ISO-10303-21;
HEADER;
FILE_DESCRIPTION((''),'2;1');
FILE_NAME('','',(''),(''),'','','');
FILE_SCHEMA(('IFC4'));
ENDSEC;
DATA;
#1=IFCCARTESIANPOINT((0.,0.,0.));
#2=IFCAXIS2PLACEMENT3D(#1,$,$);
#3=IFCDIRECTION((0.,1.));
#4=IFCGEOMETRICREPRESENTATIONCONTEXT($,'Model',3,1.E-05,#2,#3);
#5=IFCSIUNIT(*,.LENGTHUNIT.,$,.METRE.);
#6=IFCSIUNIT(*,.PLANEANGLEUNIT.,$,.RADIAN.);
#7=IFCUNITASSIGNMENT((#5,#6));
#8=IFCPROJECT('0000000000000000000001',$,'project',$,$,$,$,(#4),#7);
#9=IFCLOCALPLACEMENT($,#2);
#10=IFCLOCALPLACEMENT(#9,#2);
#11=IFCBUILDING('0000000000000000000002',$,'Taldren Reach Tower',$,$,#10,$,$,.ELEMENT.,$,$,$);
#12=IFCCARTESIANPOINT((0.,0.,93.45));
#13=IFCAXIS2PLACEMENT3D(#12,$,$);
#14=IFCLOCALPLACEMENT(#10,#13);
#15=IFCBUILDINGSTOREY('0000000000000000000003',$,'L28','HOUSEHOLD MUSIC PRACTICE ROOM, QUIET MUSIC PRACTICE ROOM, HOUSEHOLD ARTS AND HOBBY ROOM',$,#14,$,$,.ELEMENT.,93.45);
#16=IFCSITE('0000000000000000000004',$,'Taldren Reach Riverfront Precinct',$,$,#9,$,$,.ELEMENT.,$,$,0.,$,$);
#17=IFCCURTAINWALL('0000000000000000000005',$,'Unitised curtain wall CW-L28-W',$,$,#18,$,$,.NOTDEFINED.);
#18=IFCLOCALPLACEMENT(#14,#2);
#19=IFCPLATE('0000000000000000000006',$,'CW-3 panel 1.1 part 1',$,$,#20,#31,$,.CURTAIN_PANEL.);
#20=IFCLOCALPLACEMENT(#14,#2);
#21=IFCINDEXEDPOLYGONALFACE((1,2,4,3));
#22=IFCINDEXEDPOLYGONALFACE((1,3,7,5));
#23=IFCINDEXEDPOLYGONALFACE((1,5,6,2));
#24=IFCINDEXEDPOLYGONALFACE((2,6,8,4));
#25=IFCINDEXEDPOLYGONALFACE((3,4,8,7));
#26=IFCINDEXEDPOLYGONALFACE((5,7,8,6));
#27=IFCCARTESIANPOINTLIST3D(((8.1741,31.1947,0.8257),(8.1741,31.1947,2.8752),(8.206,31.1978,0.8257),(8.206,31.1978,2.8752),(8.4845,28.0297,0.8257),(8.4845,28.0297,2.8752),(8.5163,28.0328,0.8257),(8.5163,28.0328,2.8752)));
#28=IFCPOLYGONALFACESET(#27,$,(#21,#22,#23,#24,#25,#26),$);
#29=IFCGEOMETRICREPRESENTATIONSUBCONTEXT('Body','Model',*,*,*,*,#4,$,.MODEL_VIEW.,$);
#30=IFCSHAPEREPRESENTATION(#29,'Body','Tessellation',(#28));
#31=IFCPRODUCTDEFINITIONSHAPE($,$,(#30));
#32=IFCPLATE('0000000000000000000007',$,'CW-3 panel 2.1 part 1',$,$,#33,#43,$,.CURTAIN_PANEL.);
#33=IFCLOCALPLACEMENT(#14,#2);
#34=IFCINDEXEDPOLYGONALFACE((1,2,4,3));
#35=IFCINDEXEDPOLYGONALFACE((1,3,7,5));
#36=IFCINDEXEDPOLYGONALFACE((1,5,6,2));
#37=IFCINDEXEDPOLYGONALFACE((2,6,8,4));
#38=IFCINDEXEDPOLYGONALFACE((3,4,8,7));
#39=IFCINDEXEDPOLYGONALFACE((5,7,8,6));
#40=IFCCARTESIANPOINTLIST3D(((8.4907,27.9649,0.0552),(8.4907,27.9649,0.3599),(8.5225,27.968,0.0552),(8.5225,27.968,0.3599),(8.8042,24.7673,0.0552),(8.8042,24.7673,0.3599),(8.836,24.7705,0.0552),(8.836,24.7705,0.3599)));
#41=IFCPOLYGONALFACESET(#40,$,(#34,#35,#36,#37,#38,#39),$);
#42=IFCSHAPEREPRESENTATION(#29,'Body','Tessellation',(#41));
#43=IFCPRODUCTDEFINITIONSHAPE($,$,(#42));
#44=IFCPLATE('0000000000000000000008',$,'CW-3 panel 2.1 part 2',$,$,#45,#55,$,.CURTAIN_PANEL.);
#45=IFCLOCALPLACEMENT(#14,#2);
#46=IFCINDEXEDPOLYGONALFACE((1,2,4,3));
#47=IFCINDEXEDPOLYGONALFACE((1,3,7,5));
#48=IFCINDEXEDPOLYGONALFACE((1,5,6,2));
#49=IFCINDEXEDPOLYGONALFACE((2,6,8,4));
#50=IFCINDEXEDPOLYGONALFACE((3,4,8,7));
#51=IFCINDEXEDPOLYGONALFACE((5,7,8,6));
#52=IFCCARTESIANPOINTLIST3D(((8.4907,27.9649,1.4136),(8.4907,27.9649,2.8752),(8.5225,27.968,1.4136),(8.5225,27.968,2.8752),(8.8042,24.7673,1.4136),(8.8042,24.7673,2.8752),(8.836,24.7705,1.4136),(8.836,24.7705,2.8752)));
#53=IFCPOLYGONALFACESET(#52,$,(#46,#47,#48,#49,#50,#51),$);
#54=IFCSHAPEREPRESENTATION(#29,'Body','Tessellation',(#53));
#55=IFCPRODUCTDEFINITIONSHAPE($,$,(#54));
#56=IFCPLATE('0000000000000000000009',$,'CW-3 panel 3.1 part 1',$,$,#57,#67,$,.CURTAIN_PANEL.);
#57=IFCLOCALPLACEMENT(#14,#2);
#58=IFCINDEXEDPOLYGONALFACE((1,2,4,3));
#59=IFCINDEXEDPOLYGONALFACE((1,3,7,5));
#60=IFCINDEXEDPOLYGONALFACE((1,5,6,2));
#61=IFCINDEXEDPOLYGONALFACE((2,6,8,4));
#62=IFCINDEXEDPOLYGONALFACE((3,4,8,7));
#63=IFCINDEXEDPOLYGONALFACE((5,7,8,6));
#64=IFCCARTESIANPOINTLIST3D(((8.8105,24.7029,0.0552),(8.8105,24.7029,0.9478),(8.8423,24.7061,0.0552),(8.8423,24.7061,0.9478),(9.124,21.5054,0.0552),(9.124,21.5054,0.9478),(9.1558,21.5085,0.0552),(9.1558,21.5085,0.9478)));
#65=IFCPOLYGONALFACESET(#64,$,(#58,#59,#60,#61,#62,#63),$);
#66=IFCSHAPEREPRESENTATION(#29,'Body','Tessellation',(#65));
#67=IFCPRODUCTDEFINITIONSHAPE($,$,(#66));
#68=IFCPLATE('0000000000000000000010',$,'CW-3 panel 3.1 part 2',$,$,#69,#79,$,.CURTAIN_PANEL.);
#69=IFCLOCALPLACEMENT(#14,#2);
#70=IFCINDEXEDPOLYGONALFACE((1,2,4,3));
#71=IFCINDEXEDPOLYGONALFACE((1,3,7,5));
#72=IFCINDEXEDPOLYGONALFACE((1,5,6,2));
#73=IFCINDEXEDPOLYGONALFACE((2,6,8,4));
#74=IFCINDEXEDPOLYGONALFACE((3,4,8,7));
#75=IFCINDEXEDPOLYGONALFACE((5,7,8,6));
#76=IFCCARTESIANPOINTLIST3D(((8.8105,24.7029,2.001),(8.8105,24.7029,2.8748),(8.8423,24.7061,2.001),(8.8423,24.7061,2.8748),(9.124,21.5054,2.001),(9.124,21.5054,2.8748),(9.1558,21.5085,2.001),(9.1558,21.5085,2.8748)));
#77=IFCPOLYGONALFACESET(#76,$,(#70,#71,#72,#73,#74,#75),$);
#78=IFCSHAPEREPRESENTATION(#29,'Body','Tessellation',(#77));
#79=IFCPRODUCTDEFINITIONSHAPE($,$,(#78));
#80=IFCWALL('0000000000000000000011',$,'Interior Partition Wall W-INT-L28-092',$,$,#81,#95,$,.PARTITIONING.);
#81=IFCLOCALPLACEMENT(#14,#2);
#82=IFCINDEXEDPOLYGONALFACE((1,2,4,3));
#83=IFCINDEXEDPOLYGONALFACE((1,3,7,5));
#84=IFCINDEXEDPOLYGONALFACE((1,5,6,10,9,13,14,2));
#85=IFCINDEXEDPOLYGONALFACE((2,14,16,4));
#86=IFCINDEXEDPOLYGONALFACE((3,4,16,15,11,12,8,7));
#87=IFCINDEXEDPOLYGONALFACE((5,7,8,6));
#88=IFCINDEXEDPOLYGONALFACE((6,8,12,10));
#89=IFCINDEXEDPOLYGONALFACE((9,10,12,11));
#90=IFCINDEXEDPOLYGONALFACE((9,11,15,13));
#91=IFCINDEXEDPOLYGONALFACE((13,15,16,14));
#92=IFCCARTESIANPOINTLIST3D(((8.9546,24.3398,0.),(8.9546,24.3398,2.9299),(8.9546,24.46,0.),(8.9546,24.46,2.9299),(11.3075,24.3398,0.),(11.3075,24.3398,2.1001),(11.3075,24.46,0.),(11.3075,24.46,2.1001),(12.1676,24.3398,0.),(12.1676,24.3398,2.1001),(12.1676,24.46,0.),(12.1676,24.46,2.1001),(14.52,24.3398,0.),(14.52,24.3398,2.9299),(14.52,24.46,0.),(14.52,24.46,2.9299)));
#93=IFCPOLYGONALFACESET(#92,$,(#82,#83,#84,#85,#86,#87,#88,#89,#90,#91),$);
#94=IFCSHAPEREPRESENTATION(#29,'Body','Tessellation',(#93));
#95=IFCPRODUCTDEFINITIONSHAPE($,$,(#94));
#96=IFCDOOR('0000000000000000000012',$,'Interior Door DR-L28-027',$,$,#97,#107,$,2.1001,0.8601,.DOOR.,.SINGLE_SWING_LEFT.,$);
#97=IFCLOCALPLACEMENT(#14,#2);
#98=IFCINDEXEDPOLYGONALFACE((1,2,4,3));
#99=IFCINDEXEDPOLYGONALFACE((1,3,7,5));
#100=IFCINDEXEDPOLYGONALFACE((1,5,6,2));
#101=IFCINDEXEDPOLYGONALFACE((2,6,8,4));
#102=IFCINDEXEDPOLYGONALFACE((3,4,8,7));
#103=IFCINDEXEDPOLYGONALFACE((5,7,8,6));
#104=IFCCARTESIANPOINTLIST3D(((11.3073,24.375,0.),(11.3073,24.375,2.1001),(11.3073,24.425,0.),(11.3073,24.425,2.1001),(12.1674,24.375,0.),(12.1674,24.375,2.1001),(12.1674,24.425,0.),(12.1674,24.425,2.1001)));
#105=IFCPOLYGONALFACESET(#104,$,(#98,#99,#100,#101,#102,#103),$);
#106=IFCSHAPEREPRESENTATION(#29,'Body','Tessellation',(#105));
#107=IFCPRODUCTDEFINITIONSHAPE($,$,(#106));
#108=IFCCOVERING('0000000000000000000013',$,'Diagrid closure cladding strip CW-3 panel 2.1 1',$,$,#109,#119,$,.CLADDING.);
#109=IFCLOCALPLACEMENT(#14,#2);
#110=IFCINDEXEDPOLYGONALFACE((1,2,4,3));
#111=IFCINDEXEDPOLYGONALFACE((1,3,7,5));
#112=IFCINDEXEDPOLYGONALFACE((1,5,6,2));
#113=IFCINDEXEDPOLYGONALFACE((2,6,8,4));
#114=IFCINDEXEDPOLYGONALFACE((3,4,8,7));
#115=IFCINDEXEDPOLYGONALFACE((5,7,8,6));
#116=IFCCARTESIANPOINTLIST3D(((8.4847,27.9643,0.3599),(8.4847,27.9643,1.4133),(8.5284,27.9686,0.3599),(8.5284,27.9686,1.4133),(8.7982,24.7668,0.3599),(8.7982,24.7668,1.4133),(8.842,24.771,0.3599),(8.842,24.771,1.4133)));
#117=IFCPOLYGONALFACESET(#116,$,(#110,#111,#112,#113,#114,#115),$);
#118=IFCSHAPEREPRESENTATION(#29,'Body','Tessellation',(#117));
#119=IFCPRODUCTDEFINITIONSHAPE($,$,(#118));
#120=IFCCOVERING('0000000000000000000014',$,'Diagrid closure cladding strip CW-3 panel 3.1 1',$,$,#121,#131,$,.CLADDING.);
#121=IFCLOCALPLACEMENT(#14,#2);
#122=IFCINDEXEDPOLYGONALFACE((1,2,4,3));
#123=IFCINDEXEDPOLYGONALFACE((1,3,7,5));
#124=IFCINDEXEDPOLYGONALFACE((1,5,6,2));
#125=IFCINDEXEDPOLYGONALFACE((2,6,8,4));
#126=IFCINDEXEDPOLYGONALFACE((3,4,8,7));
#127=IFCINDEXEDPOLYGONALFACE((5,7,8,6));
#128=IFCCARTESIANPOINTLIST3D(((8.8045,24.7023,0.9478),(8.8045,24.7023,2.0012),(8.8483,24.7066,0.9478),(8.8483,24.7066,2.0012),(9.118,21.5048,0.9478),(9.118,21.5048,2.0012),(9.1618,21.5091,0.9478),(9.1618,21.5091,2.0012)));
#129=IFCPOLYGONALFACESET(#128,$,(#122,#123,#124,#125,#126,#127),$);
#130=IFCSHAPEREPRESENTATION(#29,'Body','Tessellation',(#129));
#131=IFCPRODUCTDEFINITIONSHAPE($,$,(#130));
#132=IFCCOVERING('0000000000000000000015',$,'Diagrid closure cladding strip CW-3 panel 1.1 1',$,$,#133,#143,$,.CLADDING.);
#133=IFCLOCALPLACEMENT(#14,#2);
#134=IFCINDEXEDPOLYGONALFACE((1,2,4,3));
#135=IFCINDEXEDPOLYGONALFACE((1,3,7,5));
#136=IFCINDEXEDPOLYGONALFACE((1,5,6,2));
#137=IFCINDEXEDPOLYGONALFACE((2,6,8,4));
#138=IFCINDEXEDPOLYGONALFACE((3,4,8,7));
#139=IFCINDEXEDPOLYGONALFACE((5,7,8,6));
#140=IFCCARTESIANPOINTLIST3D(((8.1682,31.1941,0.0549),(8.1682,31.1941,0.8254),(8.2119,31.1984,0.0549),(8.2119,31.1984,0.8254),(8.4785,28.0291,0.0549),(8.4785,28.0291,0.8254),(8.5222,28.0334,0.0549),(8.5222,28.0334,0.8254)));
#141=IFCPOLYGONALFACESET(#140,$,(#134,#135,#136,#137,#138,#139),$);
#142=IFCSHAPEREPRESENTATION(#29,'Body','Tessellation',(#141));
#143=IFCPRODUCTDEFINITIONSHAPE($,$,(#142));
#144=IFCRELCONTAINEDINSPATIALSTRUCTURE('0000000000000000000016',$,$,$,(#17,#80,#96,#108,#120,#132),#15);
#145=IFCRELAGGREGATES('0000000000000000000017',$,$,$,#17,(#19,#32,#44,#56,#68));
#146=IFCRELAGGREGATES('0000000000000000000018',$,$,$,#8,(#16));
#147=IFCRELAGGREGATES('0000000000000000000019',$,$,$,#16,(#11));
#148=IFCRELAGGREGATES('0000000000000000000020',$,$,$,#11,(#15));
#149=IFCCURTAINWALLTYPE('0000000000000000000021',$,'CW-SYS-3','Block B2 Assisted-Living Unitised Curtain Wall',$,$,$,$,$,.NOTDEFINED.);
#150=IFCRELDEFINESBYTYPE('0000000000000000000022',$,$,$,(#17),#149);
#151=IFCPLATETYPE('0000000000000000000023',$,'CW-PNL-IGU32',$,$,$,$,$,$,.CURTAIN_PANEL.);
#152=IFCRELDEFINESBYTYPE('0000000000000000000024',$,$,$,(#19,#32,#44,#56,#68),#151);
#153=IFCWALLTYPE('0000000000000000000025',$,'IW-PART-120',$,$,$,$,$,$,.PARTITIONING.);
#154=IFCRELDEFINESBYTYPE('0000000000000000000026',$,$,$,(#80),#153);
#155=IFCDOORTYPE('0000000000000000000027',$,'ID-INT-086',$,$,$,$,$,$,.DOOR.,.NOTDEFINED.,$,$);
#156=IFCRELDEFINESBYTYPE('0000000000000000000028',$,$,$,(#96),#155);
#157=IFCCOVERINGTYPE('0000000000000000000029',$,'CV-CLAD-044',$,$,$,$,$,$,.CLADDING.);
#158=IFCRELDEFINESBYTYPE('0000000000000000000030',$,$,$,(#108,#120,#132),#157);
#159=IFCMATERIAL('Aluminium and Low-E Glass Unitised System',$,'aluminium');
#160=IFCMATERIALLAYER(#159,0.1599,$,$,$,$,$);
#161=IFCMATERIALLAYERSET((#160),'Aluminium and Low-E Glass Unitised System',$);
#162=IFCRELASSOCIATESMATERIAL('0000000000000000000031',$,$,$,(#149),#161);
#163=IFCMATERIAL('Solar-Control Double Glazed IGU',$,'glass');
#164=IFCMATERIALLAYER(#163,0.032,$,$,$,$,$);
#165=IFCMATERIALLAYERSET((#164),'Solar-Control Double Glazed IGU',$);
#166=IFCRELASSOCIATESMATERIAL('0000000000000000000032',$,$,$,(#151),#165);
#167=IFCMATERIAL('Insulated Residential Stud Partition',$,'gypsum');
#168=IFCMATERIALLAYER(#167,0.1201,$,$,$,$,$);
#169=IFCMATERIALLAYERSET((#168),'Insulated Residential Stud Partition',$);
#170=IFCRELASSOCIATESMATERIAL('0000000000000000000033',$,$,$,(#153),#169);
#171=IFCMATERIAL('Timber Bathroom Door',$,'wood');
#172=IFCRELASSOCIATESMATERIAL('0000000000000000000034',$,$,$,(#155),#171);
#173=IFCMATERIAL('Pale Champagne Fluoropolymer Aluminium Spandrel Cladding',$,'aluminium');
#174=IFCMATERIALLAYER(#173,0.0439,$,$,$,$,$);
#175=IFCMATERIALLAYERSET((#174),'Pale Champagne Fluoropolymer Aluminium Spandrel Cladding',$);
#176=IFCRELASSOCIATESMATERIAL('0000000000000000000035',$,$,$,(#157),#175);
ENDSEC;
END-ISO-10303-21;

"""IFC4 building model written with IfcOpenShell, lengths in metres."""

from ifc_helpers import new_model, si_unit, direction, frame, frame_2d, origin, origin_2d, place, context, subcontext, project, spatial, rectangle, extrude, source, transform, mapped, material, layer, layer_set, type_object, element, fill, aggregate, save


model = new_model("IFC4")

# Units and contexts
model_context = context("Model", 3, precision=1e-05, world=origin(), true_north=direction((0.0, 1.0)))
body_context = subcontext(model_context, "Body", "Model", "MODEL_VIEW")
ifc_project = project(units=[si_unit("LENGTHUNIT", "METRE"), si_unit("PLANEANGLEUNIT", "RADIAN")], contexts=[model_context])

# Site, building, storey
site_placement = place(None, origin())
site = spatial("IfcSite", under=ifc_project, at=site_placement, Name="Taldren Reach Riverfront Precinct", CompositionType="ELEMENT", RefElevation=0.0)
building_placement = place(site_placement, origin())
building = spatial("IfcBuilding", under=site, at=building_placement, Name="Taldren Reach Tower", CompositionType="ELEMENT")
storey_placement = place(building_placement, frame((0.0, 0.0, 93.45)))
storey = spatial("IfcBuildingStorey", under=building, at=storey_placement, Name="L28", Description="HOUSEHOLD MUSIC PRACTICE ROOM, QUIET MUSIC PRACTICE ROOM, HOUSEHOLD ARTS AND HOBBY ROOM", CompositionType="ELEMENT", Elevation=93.45)

# Curtain wall
ifc_material_1 = material(Name="Aluminium and Low-E Glass Unitised System", Category="aluminium")
ifc_layer_1 = layer(ifc_material_1, 0.1599)
ifc_layer_set_1 = layer_set([ifc_layer_1], Name="Aluminium and Low-E Glass Unitised System")
curtain_wall_type = type_object("IfcCurtainWallType", Name="CW-SYS-3", Description="Block B2 Assisted-Living Unitised Curtain Wall", PredefinedType="NOTDEFINED", material=ifc_layer_set_1)
curtain_wall_placement = place(storey_placement, origin())
curtain_wall = element("IfcCurtainWall", 1, at=curtain_wall_placement, inside=storey, type_object=curtain_wall_type, Name="Unitised curtain wall CW-L28-W", PredefinedType="NOTDEFINED")

# Plates
ifc_material_2 = material(Name="Solar-Control Double Glazed IGU", Category="glass")
ifc_layer_2 = layer(ifc_material_2, 0.032)
ifc_layer_set_2 = layer_set([ifc_layer_2], Name="Solar-Control Double Glazed IGU")
plate_type_1 = type_object("IfcPlateType", Name="CW-PNL-IGU32", PredefinedType="CURTAIN_PANEL", material=ifc_layer_set_2)
shared_shape_1 = source(origin(), body_context, "Body", "SweptSolid", [
    extrude(rectangle(XDim=3.1802, YDim=0.032, at=origin_2d()), origin(), (0.0, 0.0, 1.0), 2.0496),
])
plate_1_placement = place(storey_placement, frame((8.3452, 29.6138, 0.8257), z_axis=(0.0, 0.0, 1.0), x_axis=(0.097583, -0.995227, 0.0)))
plate_1 = element("IfcPlate", 2, at=plate_1_placement, type_object=plate_type_1, Name="CW-3 panel 1.1 part 1", PredefinedType="CURTAIN_PANEL", context=body_context, shape_type="MappedRepresentation", body=[
    mapped(shared_shape_1, transform((0.0, 0.0, 0.0), scale=1.0)),
])
shared_shape_2 = source(origin(), body_context, "Body", "SweptSolid", [
    extrude(rectangle(XDim=3.2129, YDim=0.032, at=origin_2d()), origin(), (0.0, 0.0, 1.0), 0.3047),
])
plate_2_placement = place(storey_placement, frame((8.6633, 26.3677, 0.0552), z_axis=(0.0, 0.0, 1.0), x_axis=(0.097583, -0.995227, 0.0)))
plate_2 = element("IfcPlate", 3, at=plate_2_placement, type_object=plate_type_1, Name="CW-3 panel 2.1 part 1", PredefinedType="CURTAIN_PANEL", context=body_context, shape_type="MappedRepresentation", body=[
    mapped(shared_shape_2, transform((0.0, 0.0, 0.0), scale=1.0)),
])
shared_shape_3 = source(origin(), body_context, "Body", "SweptSolid", [
    extrude(rectangle(XDim=3.2129, YDim=0.032, at=origin_2d()), origin(), (0.0, 0.0, 1.0), 1.4617),
])
plate_3_placement = place(storey_placement, frame((8.6633, 26.3677, 1.4136), z_axis=(0.0, 0.0, 1.0), x_axis=(0.097583, -0.995227, 0.0)))
plate_3 = element("IfcPlate", 4, at=plate_3_placement, type_object=plate_type_1, Name="CW-3 panel 2.1 part 2", PredefinedType="CURTAIN_PANEL", context=body_context, shape_type="MappedRepresentation", body=[
    mapped(shared_shape_3, transform((0.0, 0.0, 0.0), scale=1.0)),
])
shared_shape_4 = source(origin(), body_context, "Body", "SweptSolid", [
    extrude(rectangle(XDim=3.2129, YDim=0.032, at=origin_2d()), origin(), (0.0, 0.0, 1.0), 0.8926),
])
plate_4_placement = place(storey_placement, frame((8.9832, 23.1057, 0.0552), z_axis=(0.0, 0.0, 1.0), x_axis=(0.097583, -0.995227, 0.0)))
plate_4 = element("IfcPlate", 5, at=plate_4_placement, type_object=plate_type_1, Name="CW-3 panel 3.1 part 1", PredefinedType="CURTAIN_PANEL", context=body_context, shape_type="MappedRepresentation", body=[
    mapped(shared_shape_4, transform((0.0, 0.0, 0.0), scale=1.0)),
])
shared_shape_5 = source(origin(), body_context, "Body", "SweptSolid", [
    extrude(rectangle(XDim=3.2129, YDim=0.032, at=origin_2d()), origin(), (0.0, 0.0, 1.0), 0.8738),
])
plate_5_placement = place(storey_placement, frame((8.9832, 23.1057, 2.001), z_axis=(0.0, 0.0, 1.0), x_axis=(0.097583, -0.995227, 0.0)))
plate_5 = element("IfcPlate", 6, at=plate_5_placement, type_object=plate_type_1, Name="CW-3 panel 3.1 part 2", PredefinedType="CURTAIN_PANEL", context=body_context, shape_type="MappedRepresentation", body=[
    mapped(shared_shape_5, transform((0.0, 0.0, 0.0), scale=1.0)),
])
aggregate(curtain_wall, [plate_1, plate_2, plate_3, plate_4, plate_5])

# Wall, opening, door
ifc_material_3 = material(Name="Insulated Residential Stud Partition", Category="gypsum")
ifc_layer_3 = layer(ifc_material_3, 0.1201)
ifc_layer_set_3 = layer_set([ifc_layer_3], Name="Insulated Residential Stud Partition")
wall_type = type_object("IfcWallType", Name="IW-PART-120", PredefinedType="PARTITIONING", material=ifc_layer_set_3)
shared_shape_6 = source(origin(), body_context, "Body", "SweptSolid", [
    extrude(rectangle(XDim=5.5654, YDim=0.1201, at=frame_2d((2.7827, 0.0))), origin(), (0.0, 0.0, 1.0), 2.9299),
])
wall_placement = place(storey_placement, frame((8.9546, 24.3999, 0.0), z_axis=(0.0, 0.0, 1.0), x_axis=(1.0, 0.0, 0.0)))
wall = element("IfcWall", 7, at=wall_placement, inside=storey, type_object=wall_type, Name="Interior Partition Wall W-INT-L28-092", PredefinedType="PARTITIONING", context=body_context, shape_type="MappedRepresentation", body=[
    mapped(shared_shape_6, transform((0.0, 0.0, 0.0), scale=1.0)),
])
shared_shape_7 = source(origin(), body_context, "Body", "SweptSolid", [
    extrude(rectangle(XDim=0.8601, YDim=2.1001, at=frame_2d((0.4302, 1.05))), frame((0.0, 0.0701, 0.0), z_axis=(0.0, -1.0, 0.0), x_axis=(1.0, 0.0, 0.0)), (0.0, 0.0, 1.0), 0.1401),
])
opening_placement = place(wall_placement, frame((2.3528, 0.0, 0.0)))
opening = element("IfcOpeningElement", 8, at=opening_placement, cuts=wall, PredefinedType="OPENING", context=body_context, shape_type="MappedRepresentation", body=[
    mapped(shared_shape_7, transform((0.0, 0.0, 0.0), scale=1.0)),
])
ifc_material_4 = material(Name="Timber Bathroom Door", Category="wood")
door_type = type_object("IfcDoorType", Name="ID-INT-086", OperationType="NOTDEFINED", PredefinedType="DOOR", material=ifc_material_4)
shared_shape_8 = source(origin(), body_context, "Body", "SweptSolid", [
    extrude(rectangle(XDim=0.8601, YDim=2.1001, at=frame_2d((0.4302, 1.05))), frame((0.0, 0.0249, 0.0), z_axis=(0.0, -1.0, 0.0), x_axis=(1.0, 0.0, 0.0)), (0.0, 0.0, 1.0), 0.05),
])
door_placement = place(opening_placement, frame((0.8601, 0.0, 0.0), z_axis=(0.0, 0.0, 1.0), x_axis=(-1.0, 0.0, 0.0)))
door = element("IfcDoor", 9, at=door_placement, inside=storey, type_object=door_type, Name="Interior Door DR-L28-027", OperationType="SINGLE_SWING_LEFT", OverallHeight=2.1001, OverallWidth=0.8601, PredefinedType="DOOR", context=body_context, shape_type="MappedRepresentation", body=[
    mapped(shared_shape_8, transform((0.0, 0.0, 0.0), scale=1.0)),
])
fill(opening, door)

# Coverings
ifc_material_5 = material(Name="Pale Champagne Fluoropolymer Aluminium Spandrel Cladding", Category="aluminium")
ifc_layer_4 = layer(ifc_material_5, 0.0439)
ifc_layer_set_4 = layer_set([ifc_layer_4], Name="Pale Champagne Fluoropolymer Aluminium Spandrel Cladding")
covering_type = type_object("IfcCoveringType", Name="CV-CLAD-044", PredefinedType="CLADDING", material=ifc_layer_set_4)
shared_shape_9 = source(origin(), body_context, "Body", "SweptSolid", [
    extrude(rectangle(XDim=3.2129, YDim=0.0439, at=origin_2d()), origin(), (0.0, 0.0, 1.0), 1.0535),
])
for number, where, z_axis, x_axis, name in (
    (10, (8.6633, 26.3677, 0.3599), (0.0, 0.0, 1.0), (0.097583, -0.995227, 0.0), "Diagrid closure cladding strip CW-3 panel 2.1 1"),
    (11, (8.9832, 23.1057, 0.9478), (0.0, 0.0, 1.0), (0.097583, -0.995227, 0.0), "Diagrid closure cladding strip CW-3 panel 3.1 1"),
):
    element("IfcCovering", number, at=place(storey_placement, frame(where, z_axis=z_axis, x_axis=x_axis)), inside=storey, type_object=covering_type, Name=name, PredefinedType="CLADDING", context=body_context, shape_type="MappedRepresentation", body=[
        mapped(shared_shape_9, transform((0.0, 0.0, 0.0), scale=1.0)),
    ])
shared_shape_10 = source(origin(), body_context, "Body", "SweptSolid", [
    extrude(rectangle(XDim=3.1802, YDim=0.0439, at=origin_2d()), origin(), (0.0, 0.0, 1.0), 0.7705),
])
covering_placement = place(storey_placement, frame((8.3452, 29.6138, 0.0549), z_axis=(0.0, 0.0, 1.0), x_axis=(0.097583, -0.995227, 0.0)))
element("IfcCovering", 12, at=covering_placement, inside=storey, type_object=covering_type, Name="Diagrid closure cladding strip CW-3 panel 1.1 1", PredefinedType="CLADDING", context=body_context, shape_type="MappedRepresentation", body=[
    mapped(shared_shape_10, transform((0.0, 0.0, 0.0), scale=1.0)),
])

save(model, "model.ifc")
